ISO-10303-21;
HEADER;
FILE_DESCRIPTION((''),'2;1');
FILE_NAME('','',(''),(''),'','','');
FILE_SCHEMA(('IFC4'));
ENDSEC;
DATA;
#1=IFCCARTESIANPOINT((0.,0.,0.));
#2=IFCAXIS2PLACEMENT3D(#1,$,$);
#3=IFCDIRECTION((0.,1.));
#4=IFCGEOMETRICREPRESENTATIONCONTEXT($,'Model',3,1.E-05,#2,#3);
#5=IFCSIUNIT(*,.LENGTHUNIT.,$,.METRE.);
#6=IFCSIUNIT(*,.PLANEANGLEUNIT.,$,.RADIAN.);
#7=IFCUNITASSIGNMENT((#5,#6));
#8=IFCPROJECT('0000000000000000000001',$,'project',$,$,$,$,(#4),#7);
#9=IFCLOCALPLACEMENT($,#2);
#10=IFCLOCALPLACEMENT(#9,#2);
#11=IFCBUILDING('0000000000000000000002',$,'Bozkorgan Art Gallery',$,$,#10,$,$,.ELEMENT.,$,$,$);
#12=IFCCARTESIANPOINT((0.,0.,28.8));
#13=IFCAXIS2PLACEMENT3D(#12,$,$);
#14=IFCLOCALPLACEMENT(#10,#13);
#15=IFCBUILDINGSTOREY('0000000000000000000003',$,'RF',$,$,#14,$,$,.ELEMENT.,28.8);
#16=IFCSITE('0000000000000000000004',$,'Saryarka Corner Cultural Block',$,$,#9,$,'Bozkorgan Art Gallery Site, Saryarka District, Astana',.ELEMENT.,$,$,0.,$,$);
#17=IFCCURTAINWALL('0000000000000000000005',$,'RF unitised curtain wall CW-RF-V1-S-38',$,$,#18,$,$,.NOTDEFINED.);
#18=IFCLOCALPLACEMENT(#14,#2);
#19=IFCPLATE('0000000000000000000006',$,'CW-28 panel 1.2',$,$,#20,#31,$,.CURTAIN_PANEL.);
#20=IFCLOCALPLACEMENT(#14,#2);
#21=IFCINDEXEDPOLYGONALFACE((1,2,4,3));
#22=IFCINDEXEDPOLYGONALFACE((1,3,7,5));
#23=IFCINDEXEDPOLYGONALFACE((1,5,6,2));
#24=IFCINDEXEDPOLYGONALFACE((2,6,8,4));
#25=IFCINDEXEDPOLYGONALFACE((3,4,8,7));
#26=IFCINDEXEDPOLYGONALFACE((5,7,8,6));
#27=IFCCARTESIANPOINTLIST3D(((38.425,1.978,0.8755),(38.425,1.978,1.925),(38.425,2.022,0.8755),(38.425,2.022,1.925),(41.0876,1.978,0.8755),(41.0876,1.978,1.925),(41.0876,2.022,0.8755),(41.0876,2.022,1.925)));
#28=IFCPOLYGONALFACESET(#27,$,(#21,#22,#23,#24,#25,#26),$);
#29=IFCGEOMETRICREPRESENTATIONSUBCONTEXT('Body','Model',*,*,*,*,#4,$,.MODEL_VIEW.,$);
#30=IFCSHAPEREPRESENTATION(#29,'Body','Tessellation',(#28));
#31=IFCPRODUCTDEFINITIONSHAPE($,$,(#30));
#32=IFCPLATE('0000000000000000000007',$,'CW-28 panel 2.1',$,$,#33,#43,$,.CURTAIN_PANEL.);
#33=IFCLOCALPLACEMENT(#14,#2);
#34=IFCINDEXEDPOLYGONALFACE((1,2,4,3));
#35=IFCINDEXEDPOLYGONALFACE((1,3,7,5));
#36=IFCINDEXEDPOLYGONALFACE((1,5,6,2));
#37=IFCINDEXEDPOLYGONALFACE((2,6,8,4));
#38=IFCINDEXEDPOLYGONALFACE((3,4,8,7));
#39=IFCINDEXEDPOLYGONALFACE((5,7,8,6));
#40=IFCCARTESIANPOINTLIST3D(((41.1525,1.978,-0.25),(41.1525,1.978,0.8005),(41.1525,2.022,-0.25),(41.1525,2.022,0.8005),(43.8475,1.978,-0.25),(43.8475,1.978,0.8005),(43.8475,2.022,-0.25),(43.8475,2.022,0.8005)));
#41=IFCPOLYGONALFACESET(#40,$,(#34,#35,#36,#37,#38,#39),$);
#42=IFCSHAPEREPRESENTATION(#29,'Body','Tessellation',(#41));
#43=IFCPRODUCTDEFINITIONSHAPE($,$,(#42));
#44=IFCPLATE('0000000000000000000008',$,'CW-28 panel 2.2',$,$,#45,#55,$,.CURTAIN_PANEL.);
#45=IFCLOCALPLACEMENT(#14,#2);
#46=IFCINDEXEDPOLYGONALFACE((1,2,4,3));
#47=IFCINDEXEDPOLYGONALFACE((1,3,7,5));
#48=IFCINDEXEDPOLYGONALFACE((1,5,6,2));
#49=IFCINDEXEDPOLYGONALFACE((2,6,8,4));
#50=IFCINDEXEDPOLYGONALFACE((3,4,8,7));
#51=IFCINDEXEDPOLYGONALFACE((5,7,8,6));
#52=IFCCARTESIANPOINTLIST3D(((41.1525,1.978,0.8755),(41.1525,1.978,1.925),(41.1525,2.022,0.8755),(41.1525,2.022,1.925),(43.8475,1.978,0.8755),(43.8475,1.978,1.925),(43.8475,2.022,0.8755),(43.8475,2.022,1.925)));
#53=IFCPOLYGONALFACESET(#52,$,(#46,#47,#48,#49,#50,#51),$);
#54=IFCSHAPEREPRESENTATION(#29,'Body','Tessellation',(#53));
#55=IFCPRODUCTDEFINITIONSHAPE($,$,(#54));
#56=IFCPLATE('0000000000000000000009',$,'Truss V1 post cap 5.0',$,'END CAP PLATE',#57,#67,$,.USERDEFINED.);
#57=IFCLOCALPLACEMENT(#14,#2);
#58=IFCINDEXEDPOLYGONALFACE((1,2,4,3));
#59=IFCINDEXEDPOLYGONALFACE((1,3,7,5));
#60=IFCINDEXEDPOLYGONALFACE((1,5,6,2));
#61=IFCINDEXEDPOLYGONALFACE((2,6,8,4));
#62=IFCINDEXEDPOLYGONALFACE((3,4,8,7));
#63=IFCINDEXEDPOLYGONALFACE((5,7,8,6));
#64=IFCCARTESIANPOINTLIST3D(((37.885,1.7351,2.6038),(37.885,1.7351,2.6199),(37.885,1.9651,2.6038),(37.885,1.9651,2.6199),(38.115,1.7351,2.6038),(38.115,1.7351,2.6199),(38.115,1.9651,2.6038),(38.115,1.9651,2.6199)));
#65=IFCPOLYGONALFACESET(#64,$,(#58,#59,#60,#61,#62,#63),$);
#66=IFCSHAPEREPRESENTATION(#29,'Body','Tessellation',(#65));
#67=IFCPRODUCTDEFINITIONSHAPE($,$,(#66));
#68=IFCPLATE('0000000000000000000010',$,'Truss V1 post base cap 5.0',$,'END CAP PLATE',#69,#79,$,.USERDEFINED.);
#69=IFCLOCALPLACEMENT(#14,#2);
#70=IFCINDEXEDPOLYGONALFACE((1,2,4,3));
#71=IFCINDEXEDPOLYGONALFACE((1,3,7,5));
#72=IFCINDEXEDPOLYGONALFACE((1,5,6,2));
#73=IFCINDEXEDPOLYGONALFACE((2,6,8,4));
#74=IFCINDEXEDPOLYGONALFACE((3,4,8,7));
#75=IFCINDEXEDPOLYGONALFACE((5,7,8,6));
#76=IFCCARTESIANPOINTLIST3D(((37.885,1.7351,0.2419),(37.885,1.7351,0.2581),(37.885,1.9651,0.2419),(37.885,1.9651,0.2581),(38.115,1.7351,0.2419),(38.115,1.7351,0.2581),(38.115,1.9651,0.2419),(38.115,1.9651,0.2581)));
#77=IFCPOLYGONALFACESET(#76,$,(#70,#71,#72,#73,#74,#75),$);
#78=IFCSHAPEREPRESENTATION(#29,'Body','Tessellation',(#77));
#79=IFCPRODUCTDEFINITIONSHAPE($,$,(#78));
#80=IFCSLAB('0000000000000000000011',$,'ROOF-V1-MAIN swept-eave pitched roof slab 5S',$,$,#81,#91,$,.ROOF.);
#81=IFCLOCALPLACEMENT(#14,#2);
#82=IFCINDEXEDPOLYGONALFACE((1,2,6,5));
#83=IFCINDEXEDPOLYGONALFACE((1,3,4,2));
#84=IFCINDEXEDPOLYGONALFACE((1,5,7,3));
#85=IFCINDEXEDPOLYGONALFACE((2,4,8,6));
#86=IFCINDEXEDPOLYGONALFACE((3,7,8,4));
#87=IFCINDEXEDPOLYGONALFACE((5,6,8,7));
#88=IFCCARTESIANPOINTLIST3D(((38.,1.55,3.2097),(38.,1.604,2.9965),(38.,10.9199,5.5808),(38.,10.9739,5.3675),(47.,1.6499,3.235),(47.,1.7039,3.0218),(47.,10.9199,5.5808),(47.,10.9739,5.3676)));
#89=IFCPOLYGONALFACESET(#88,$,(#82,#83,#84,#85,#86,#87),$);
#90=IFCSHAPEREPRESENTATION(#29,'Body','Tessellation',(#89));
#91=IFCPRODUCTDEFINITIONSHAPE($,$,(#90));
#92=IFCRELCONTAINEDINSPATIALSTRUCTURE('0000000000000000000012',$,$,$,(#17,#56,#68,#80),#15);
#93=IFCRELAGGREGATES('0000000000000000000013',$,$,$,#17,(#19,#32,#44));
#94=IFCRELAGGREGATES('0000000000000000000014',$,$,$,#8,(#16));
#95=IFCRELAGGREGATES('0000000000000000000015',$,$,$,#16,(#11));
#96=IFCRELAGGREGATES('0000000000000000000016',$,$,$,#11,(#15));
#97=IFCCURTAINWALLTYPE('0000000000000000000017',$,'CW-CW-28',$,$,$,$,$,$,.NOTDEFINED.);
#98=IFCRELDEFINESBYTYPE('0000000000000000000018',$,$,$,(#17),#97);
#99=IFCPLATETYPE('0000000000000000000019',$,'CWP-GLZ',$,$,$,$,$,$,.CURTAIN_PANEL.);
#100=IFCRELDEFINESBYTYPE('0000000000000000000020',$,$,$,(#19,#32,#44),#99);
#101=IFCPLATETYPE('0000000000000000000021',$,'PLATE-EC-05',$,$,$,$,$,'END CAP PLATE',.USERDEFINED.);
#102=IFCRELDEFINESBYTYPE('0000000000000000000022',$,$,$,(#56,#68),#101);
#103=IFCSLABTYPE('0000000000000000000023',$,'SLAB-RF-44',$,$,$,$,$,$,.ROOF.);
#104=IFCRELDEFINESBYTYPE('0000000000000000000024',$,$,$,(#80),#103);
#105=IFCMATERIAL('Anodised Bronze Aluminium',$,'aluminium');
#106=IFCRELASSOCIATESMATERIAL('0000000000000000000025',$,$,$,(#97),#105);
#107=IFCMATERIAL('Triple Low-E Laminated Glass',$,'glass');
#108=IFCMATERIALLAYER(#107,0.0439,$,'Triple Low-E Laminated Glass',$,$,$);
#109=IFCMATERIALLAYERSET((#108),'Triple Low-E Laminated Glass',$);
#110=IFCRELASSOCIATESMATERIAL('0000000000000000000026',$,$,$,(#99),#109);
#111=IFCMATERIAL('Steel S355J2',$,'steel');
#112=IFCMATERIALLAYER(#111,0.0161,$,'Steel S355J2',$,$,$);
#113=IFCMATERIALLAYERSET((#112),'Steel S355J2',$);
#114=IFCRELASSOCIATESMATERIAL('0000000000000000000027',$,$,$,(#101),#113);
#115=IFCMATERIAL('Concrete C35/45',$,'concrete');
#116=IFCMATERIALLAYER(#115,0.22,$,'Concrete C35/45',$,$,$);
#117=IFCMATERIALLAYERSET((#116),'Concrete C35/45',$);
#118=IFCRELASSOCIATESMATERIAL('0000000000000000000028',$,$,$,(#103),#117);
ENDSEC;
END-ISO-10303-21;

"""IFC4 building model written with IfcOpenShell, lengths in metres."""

from ifc_helpers import new_model, si_unit, direction, frame, origin, origin_2d, place, context, subcontext, project, spatial, polyline, rectangle, outline, extrude, material, layer, layer_set, type_object, element, aggregate, save


model = new_model("IFC4")

# Units and contexts
model_context = context("Model", 3, precision=1e-05, world=origin(), true_north=direction((0.0, 1.0)))
body_context = subcontext(model_context, "Body", "Model", "MODEL_VIEW")
ifc_project = project(units=[si_unit("LENGTHUNIT", "METRE"), si_unit("PLANEANGLEUNIT", "RADIAN")], contexts=[model_context])

# Site, building, storey
site_placement = place(None, origin())
site = spatial("IfcSite", under=ifc_project, at=site_placement, Name="Saryarka Corner Cultural Block", LongName="Bozkorgan Art Gallery Site, Saryarka District, Astana", CompositionType="ELEMENT", RefElevation=0.0)
building_placement = place(site_placement, origin())
building = spatial("IfcBuilding", under=site, at=building_placement, Name="Bozkorgan Art Gallery", CompositionType="ELEMENT")
storey_placement = place(building_placement, frame((0.0, 0.0, 28.8)))
storey = spatial("IfcBuildingStorey", under=building, at=storey_placement, Name="RF", CompositionType="ELEMENT", Elevation=28.8)

# Shared definitions
ifc_material_1 = material(Name="Steel S355J2", Category="steel")

# Curtain wall
ifc_material_2 = material(Name="Anodised Bronze Aluminium", Category="aluminium")
curtain_wall_type = type_object("IfcCurtainWallType", Name="CW-CW-28", PredefinedType="NOTDEFINED", material=ifc_material_2)
curtain_wall_1_placement = place(storey_placement, origin())
curtain_wall_1 = element("IfcCurtainWall", 1, at=curtain_wall_1_placement, inside=storey, type_object=curtain_wall_type, Name="RF unitised curtain wall CW-RF-V1-S-38", PredefinedType="NOTDEFINED")

# Plates
ifc_material_3 = material(Name="Triple Low-E Laminated Glass", Category="glass")
ifc_layer_1 = layer(ifc_material_3, 0.0439, Name="Triple Low-E Laminated Glass")
ifc_layer_set_1 = layer_set([ifc_layer_1], Name="Triple Low-E Laminated Glass")
plate_type_1 = type_object("IfcPlateType", Name="CWP-GLZ", PredefinedType="CURTAIN_PANEL", material=ifc_layer_set_1)
plate_1_placement = place(storey_placement, frame((39.7563, 2.0, 0.8755), z_axis=(0.0, 0.0, 1.0), x_axis=(1.0, 0.0, 0.0)))
plate_1 = element("IfcPlate", 2, at=plate_1_placement, type_object=plate_type_1, Name="CW-28 panel 1.2", PredefinedType="CURTAIN_PANEL", context=body_context, shape_type="SweptSolid", body=[
    extrude(rectangle(XDim=2.6626, YDim=0.0439, at=origin_2d()), origin(), (0.0, 0.0, 1.0), 1.0496),
])
plate_2_placement = place(storey_placement, frame((42.5, 2.0, -0.25), z_axis=(0.0, 0.0, 1.0), x_axis=(1.0, 0.0, 0.0)))
plate_2 = element("IfcPlate", 3, at=plate_2_placement, type_object=plate_type_1, Name="CW-28 panel 2.1", PredefinedType="CURTAIN_PANEL", context=body_context, shape_type="SweptSolid", body=[
    extrude(rectangle(XDim=2.6951, YDim=0.0439, at=origin_2d()), origin(), (0.0, 0.0, 1.0), 1.0505),
])
plate_3_placement = place(storey_placement, frame((42.5, 2.0, 0.8755), z_axis=(0.0, 0.0, 1.0), x_axis=(1.0, 0.0, 0.0)))
plate_3 = element("IfcPlate", 4, at=plate_3_placement, type_object=plate_type_1, Name="CW-28 panel 2.2", PredefinedType="CURTAIN_PANEL", context=body_context, shape_type="SweptSolid", body=[
    extrude(rectangle(XDim=2.6951, YDim=0.0439, at=origin_2d()), origin(), (0.0, 0.0, 1.0), 1.0496),
])
aggregate(curtain_wall_1, [plate_1, plate_2, plate_3])

# Plates
ifc_layer_2 = layer(ifc_material_1, 0.0161, Name="Steel S355J2")
ifc_layer_set_2 = layer_set([ifc_layer_2], Name="Steel S355J2")
plate_type_2 = type_object("IfcPlateType", Name="PLATE-EC-05", ElementType="END CAP PLATE", PredefinedType="USERDEFINED", material=ifc_layer_set_2)
for number, where, z_axis, x_axis, name in (
    (5, (38.0, 1.8501, 2.6038), (0.0, 0.0, 1.0), (1.0, 0.0, 0.0), "Truss V1 post cap 5.0"),
    (6, (38.0, 1.8501, 0.2419), (0.0, 0.0, 1.0), (1.0, 0.0, 0.0), "Truss V1 post base cap 5.0"),
):
    element("IfcPlate", number, at=place(storey_placement, frame(where, z_axis=z_axis, x_axis=x_axis)), inside=storey, type_object=plate_type_2, Name=name, ObjectType="END CAP PLATE", PredefinedType="USERDEFINED", context=body_context, shape_type="SweptSolid", body=[
        extrude(rectangle(XDim=0.23, YDim=0.23, at=origin_2d()), origin(), (0.0, 0.0, 1.0), 0.0161),
    ])

# Slab
ifc_material_4 = material(Name="Concrete C35/45", Category="concrete")
ifc_layer_3 = layer(ifc_material_4, 0.22, Name="Concrete C35/45")
ifc_layer_set_3 = layer_set([ifc_layer_3], Name="Concrete C35/45")
slab_type = type_object("IfcSlabType", Name="SLAB-RF-44", PredefinedType="ROOF", material=ifc_layer_set_3)
slab_placement = place(storey_placement, frame((38.0, 1.55, 3.2097), z_axis=(-0.000007, -0.245316, 0.969443), x_axis=(0.999934, 0.011096, 0.002815)))
element("IfcSlab", 7, at=slab_placement, inside=storey, type_object=slab_type, Name="ROOF-V1-MAIN swept-eave pitched roof slab 5S", PredefinedType="ROOF", context=body_context, shape_type="SweptSolid", body=[
    extrude(outline(polyline([(0.0, 0.0), (9.0006, 0.0), (9.11, 9.5616), (0.1106, 9.6646), (0.0, 0.0)])), origin(), (0.0, 0.0, -1.0), 0.22),
])

save(model, "model.ifc")
